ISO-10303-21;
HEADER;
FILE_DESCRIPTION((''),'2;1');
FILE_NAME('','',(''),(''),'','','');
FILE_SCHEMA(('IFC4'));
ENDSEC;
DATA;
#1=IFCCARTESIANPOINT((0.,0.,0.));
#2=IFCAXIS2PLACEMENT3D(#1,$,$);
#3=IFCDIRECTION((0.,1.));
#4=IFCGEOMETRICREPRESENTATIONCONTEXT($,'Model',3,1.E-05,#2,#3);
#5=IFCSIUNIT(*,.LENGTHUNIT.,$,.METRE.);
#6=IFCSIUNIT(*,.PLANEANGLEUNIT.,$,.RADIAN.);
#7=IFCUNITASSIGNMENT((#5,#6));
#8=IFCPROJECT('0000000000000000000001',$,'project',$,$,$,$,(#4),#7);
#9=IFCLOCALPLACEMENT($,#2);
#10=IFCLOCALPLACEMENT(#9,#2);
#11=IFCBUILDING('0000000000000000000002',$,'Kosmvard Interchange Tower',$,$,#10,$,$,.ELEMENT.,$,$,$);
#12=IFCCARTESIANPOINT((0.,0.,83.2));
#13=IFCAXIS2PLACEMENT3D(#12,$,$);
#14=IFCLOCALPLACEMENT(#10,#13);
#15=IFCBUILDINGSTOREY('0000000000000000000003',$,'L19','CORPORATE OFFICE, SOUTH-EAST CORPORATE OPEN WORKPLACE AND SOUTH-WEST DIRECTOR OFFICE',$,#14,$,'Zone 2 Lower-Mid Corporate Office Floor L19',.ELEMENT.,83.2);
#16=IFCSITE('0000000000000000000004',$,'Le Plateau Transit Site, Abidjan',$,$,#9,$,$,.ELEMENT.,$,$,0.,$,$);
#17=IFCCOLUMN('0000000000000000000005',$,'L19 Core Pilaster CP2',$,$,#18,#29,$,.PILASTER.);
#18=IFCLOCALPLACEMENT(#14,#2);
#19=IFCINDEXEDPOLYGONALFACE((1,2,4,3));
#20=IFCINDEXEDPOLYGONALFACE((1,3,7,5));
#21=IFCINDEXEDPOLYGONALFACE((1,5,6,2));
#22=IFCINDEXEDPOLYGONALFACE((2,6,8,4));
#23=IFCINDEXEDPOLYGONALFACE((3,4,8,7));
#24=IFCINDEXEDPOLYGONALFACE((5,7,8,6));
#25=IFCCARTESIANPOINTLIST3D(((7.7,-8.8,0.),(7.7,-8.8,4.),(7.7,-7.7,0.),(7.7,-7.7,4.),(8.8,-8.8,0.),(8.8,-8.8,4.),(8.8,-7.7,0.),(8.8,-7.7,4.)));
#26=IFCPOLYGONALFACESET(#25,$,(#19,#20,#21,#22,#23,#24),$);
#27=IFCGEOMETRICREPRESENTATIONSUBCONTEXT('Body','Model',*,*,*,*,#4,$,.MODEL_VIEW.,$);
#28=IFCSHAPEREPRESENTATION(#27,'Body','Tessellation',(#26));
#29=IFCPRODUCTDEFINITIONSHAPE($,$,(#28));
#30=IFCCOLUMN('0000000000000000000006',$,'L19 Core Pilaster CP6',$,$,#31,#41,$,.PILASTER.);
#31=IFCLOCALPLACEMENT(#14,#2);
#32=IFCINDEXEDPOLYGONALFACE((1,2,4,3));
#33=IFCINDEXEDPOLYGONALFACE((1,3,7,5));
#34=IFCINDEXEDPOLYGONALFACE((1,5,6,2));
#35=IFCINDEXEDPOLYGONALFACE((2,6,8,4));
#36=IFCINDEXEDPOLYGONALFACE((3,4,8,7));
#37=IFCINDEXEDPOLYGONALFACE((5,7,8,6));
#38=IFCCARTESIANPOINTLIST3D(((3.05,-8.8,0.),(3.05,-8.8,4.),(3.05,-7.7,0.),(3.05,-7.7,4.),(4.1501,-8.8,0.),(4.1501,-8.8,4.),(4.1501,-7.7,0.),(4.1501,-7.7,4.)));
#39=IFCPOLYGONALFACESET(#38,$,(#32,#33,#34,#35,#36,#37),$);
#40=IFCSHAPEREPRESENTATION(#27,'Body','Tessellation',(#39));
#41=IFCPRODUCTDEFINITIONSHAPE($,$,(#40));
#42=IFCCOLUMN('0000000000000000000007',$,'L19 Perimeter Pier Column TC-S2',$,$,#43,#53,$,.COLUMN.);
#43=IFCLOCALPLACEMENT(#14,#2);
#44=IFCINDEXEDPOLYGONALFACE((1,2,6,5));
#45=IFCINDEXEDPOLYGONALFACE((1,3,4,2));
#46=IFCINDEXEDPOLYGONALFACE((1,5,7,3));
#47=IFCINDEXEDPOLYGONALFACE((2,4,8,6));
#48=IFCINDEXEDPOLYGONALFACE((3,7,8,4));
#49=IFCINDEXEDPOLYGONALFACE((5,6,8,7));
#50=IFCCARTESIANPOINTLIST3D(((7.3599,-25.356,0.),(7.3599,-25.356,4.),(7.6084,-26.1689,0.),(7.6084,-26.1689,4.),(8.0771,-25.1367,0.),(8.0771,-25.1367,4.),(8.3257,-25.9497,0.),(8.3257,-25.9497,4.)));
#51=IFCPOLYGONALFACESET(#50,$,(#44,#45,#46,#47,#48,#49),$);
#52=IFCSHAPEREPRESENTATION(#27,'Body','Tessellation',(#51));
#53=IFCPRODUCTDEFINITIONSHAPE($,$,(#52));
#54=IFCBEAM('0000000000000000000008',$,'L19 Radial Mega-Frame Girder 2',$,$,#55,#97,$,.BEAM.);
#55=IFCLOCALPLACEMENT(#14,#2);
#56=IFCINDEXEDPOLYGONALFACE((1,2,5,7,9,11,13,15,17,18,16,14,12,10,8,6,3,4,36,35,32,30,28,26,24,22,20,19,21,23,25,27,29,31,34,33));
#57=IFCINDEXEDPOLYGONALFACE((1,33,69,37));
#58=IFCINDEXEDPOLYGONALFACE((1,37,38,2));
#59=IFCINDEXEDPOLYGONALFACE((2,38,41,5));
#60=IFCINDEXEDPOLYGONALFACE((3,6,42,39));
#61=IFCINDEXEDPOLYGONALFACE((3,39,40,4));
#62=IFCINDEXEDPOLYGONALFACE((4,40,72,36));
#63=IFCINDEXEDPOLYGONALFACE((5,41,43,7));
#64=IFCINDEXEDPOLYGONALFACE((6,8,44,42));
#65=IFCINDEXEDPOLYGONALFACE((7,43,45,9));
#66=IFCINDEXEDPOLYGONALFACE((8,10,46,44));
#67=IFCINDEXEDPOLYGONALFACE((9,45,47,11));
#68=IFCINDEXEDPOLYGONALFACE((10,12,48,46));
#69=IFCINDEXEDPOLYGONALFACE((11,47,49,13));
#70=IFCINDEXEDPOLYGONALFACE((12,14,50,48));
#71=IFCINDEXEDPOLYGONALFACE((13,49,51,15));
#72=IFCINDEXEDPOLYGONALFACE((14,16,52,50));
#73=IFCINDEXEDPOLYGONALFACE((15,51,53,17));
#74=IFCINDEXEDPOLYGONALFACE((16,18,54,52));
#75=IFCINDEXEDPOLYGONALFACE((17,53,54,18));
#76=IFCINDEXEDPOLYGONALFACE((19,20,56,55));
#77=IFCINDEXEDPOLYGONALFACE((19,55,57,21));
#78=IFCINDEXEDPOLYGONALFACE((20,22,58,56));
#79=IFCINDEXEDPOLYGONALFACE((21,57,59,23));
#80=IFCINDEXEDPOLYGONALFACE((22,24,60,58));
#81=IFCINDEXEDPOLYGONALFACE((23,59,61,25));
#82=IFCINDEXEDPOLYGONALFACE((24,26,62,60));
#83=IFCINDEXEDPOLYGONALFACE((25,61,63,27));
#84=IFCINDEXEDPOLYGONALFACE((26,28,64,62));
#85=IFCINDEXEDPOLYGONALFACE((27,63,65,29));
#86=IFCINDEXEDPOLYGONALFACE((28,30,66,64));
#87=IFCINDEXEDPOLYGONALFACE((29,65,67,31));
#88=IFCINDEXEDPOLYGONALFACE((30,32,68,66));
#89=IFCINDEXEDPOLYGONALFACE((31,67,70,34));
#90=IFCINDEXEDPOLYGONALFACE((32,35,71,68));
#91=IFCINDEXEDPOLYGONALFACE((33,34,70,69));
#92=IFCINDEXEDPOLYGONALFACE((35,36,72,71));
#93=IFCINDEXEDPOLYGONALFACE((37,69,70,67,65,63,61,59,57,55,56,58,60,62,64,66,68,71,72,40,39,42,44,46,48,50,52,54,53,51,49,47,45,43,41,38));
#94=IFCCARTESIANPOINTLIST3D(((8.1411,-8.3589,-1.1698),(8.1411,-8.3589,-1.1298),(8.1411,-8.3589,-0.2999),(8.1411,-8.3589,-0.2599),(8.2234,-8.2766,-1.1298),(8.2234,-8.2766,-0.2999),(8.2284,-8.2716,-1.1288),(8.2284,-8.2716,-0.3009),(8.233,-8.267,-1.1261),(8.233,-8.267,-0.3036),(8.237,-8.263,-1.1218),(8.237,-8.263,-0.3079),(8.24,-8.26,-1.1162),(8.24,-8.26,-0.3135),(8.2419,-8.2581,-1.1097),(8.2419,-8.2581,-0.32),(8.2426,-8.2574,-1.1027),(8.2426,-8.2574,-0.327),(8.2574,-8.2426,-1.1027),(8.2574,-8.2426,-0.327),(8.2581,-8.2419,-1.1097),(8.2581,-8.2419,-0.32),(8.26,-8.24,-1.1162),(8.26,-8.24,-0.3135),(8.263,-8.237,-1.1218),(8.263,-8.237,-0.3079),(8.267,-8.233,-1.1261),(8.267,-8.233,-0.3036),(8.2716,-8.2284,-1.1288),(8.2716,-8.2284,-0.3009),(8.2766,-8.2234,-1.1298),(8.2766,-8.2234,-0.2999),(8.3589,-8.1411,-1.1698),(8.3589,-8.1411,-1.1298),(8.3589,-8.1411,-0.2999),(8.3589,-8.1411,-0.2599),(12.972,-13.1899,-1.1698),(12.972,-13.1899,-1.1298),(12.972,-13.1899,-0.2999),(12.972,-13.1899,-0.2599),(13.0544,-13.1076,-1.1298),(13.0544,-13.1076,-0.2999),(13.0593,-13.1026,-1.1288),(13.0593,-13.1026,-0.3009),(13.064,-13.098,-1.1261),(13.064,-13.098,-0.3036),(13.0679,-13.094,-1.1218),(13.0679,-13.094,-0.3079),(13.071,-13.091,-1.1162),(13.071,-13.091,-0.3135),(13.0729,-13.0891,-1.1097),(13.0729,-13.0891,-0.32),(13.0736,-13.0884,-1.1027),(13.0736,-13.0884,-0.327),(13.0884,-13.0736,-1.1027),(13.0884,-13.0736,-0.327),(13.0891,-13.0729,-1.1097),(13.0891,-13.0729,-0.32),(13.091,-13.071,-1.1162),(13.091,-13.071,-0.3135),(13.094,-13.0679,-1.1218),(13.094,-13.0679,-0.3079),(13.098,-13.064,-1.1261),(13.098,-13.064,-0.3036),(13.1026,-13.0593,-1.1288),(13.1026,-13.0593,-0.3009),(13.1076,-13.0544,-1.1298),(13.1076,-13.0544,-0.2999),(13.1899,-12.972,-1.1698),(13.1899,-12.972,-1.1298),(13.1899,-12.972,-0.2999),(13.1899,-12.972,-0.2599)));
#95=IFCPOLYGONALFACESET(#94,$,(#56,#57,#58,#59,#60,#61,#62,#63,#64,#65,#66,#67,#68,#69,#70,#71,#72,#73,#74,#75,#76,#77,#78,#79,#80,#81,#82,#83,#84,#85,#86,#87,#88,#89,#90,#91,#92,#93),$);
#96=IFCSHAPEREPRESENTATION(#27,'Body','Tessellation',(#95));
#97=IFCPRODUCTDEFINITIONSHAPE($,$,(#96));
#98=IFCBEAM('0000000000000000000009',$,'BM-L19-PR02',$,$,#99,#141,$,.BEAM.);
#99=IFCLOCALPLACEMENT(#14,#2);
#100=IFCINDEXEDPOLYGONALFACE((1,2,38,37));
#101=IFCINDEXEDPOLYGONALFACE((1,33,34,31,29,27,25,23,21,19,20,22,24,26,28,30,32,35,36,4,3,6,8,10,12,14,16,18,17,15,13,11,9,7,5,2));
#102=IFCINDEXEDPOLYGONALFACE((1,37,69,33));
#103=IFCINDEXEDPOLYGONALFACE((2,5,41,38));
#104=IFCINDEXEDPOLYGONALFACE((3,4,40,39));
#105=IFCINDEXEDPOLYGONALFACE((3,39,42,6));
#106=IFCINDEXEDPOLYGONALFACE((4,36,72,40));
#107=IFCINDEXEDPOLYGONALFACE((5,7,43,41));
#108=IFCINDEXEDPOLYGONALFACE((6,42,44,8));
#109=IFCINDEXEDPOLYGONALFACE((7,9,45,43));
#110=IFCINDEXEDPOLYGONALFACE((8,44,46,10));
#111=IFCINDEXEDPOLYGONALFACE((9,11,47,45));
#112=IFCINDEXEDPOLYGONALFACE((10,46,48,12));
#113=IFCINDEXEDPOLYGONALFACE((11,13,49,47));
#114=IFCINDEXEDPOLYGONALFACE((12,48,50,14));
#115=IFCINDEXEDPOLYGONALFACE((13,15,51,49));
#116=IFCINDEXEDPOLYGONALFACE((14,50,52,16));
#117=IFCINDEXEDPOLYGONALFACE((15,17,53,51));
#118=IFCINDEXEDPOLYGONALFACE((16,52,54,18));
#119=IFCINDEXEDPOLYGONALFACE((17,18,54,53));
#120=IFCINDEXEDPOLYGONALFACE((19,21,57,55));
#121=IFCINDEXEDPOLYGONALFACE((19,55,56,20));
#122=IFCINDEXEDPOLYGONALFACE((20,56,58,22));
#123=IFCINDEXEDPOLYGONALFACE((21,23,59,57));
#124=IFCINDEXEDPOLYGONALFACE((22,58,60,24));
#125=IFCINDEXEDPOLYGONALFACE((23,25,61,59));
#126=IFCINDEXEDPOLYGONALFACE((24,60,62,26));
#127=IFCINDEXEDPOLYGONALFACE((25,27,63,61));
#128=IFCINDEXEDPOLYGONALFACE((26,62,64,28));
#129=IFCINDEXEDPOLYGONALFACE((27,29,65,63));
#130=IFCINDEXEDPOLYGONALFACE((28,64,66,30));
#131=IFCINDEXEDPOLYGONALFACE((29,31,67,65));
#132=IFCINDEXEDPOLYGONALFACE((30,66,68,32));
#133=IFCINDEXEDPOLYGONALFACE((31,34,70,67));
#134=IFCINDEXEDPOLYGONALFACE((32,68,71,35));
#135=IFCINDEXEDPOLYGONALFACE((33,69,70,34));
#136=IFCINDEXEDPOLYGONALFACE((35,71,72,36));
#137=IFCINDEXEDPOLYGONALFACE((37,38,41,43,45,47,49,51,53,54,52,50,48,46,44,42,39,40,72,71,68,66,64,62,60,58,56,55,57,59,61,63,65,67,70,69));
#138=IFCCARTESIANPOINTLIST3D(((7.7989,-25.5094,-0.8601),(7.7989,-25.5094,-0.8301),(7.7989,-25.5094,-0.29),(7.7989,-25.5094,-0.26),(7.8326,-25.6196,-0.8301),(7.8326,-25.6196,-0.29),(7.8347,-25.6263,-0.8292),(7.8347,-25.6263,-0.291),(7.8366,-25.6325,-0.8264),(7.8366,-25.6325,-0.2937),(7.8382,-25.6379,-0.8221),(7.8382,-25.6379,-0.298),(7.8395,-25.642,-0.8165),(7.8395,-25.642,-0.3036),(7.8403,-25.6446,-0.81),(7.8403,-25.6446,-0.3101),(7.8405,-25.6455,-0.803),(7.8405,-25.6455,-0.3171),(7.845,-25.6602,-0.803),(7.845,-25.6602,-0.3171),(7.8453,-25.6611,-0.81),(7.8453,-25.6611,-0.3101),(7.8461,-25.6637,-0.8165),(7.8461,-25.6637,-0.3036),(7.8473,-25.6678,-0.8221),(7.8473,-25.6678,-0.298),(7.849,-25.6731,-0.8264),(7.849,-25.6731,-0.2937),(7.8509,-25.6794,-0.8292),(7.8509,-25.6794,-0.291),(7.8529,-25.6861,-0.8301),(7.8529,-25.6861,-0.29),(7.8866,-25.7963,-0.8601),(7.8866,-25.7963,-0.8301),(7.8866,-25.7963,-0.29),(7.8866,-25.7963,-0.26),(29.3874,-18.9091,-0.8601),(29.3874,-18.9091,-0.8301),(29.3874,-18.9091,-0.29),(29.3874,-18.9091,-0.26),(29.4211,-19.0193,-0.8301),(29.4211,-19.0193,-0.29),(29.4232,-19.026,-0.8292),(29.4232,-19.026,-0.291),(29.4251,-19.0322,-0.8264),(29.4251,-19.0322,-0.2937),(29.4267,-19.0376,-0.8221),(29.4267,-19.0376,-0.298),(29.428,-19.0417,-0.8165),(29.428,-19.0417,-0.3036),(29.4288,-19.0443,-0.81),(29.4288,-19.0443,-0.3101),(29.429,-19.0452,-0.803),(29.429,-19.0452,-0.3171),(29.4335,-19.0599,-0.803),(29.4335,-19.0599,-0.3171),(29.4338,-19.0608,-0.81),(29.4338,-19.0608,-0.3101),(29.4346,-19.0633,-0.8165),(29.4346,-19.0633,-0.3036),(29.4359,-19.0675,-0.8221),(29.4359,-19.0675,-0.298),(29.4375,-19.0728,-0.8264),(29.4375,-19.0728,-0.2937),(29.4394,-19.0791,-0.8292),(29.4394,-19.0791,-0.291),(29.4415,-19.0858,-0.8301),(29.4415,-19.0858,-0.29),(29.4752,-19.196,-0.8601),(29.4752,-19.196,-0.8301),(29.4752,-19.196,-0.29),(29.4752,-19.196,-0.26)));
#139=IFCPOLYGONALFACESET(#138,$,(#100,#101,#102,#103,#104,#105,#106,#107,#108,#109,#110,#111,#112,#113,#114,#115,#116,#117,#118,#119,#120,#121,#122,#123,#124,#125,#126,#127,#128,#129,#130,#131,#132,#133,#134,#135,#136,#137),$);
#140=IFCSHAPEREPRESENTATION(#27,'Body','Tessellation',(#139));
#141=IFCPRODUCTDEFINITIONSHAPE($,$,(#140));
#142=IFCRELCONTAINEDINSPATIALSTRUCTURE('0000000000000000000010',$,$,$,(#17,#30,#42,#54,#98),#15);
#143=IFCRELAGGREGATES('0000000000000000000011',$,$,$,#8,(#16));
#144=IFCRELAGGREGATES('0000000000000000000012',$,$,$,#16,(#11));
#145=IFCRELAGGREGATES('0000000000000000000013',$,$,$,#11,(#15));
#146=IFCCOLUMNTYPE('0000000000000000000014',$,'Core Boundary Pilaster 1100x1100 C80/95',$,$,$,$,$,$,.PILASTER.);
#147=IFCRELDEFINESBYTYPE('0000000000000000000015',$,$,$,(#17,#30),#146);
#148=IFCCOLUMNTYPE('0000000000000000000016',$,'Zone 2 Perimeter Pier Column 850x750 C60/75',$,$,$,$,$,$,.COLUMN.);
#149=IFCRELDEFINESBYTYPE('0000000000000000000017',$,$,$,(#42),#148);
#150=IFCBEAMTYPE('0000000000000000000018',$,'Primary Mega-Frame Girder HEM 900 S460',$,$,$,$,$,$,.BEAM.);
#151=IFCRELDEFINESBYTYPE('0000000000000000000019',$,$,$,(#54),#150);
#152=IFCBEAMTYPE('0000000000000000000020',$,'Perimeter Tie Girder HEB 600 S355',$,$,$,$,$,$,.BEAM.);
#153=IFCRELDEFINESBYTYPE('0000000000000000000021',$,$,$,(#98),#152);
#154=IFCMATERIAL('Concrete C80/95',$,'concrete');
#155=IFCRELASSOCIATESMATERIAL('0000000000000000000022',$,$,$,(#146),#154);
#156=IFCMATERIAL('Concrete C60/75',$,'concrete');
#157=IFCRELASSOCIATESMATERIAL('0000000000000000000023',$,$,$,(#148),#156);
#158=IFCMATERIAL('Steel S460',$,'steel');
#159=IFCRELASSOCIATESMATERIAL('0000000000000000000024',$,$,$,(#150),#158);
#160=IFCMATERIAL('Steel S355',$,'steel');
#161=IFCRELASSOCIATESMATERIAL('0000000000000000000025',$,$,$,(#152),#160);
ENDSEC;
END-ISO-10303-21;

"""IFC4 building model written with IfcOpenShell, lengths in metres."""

from ifc_helpers import new_model, si_unit, direction, frame, origin, origin_2d, place, context, subcontext, project, spatial, rectangle, i_section, extrude, source, transform, mapped, material, material_profile, profile_set, type_object, element, save


model = new_model("IFC4")

# Units and contexts
model_context = context("Model", 3, precision=1e-05, world=origin(), true_north=direction((0.0, 1.0)))
body_context = subcontext(model_context, "Body", "Model", "MODEL_VIEW")
ifc_project = project(units=[si_unit("LENGTHUNIT", "METRE"), si_unit("PLANEANGLEUNIT", "RADIAN")], contexts=[model_context])

# Site, building, storey
site_placement = place(None, origin())
site = spatial("IfcSite", under=ifc_project, at=site_placement, Name="Le Plateau Transit Site, Abidjan", CompositionType="ELEMENT", RefElevation=0.0)
building_placement = place(site_placement, origin())
building = spatial("IfcBuilding", under=site, at=building_placement, Name="Kosmvard Interchange Tower", CompositionType="ELEMENT")
storey_placement = place(building_placement, frame((0.0, 0.0, 83.2)))
storey = spatial("IfcBuildingStorey", under=building, at=storey_placement, Name="L19", Description="CORPORATE OFFICE, SOUTH-EAST CORPORATE OPEN WORKPLACE AND SOUTH-WEST DIRECTOR OFFICE", LongName="Zone 2 Lower-Mid Corporate Office Floor L19", CompositionType="ELEMENT", Elevation=83.2)

# Columns
ifc_material_1 = material(Name="Concrete C80/95", Category="concrete")
ifc_material_profile_1 = material_profile(ifc_material_1, rectangle(XDim=1.1001, YDim=1.1001, at=origin_2d()), Name="CP 1100x1100")
ifc_profile_set_1 = profile_set([ifc_material_profile_1], Name="Concrete C80/95")
column_type_1 = type_object("IfcColumnType", Name="Core Boundary Pilaster 1100x1100 C80/95", PredefinedType="PILASTER", material=ifc_profile_set_1)
shared_shape_1 = source(origin(), body_context, "Body", "SweptSolid", [
    extrude(rectangle(XDim=1.1001, YDim=1.1001, at=origin_2d()), origin(), (0.0, 0.0, 1.0), 4.0),
])
for number, where, z_axis, x_axis, name in (
    (1, (8.25, -8.25, 0.0), (0.0, 0.0, 1.0), (1.0, 0.0, 0.0), "L19 Core Pilaster CP2"),
    (2, (3.6001, -8.25, 0.0), (0.0, 0.0, 1.0), (1.0, 0.0, 0.0), "L19 Core Pilaster CP6"),
):
    element("IfcColumn", number, at=place(storey_placement, frame(where, z_axis=z_axis, x_axis=x_axis)), inside=storey, type_object=column_type_1, Name=name, PredefinedType="PILASTER", context=body_context, shape_type="MappedRepresentation", body=[
        mapped(shared_shape_1, transform((0.0, 0.0, 0.0), scale=1.0)),
    ])
ifc_material_2 = material(Name="Concrete C60/75", Category="concrete")
ifc_material_profile_2 = material_profile(ifc_material_2, rectangle(XDim=0.75, YDim=0.8501, at=origin_2d()), Name="TC 850x750")
ifc_profile_set_2 = profile_set([ifc_material_profile_2], Name="Concrete C60/75")
column_type_2 = type_object("IfcColumnType", Name="Zone 2 Perimeter Pier Column 850x750 C60/75", PredefinedType="COLUMN", material=ifc_profile_set_2)
shared_shape_2 = source(origin(), body_context, "Body", "SweptSolid", [
    extrude(rectangle(XDim=0.75, YDim=0.8501, at=origin_2d()), origin(), (0.0, 0.0, 1.0), 4.0),
])
column_placement = place(storey_placement, frame((7.8428, -25.6528, 0.0), z_axis=(0.0, 0.0, 1.0), x_axis=(0.956305, 0.292372, 0.0)))
element("IfcColumn", 3, at=column_placement, inside=storey, type_object=column_type_2, Name="L19 Perimeter Pier Column TC-S2", PredefinedType="COLUMN", context=body_context, shape_type="MappedRepresentation", body=[
    mapped(shared_shape_2, transform((0.0, 0.0, 0.0), scale=1.0)),
])

# Beams
ifc_material_3 = material(Name="Steel S460", Category="steel")
ifc_material_profile_3 = material_profile(ifc_material_3, i_section(OverallWidth=0.3081, OverallDepth=0.9099, WebThickness=0.021, FlangeThickness=0.04, FilletRadius=0.0271, at=origin_2d()), Name="HEM 900")
ifc_profile_set_3 = profile_set([ifc_material_profile_3], Name="Steel S460")
beam_type_1 = type_object("IfcBeamType", Name="Primary Mega-Frame Girder HEM 900 S460", PredefinedType="BEAM", material=ifc_profile_set_3)
shared_shape_3 = source(origin(), body_context, "Body", "SweptSolid", [
    extrude(i_section(OverallWidth=0.3081, OverallDepth=0.9099, WebThickness=0.021, FlangeThickness=0.04, FilletRadius=0.0271, at=origin_2d()), origin(), (0.0, 0.0, 1.0), 6.832),
])
beam_1_placement = place(storey_placement, frame((8.25, -8.25, -0.7148), z_axis=(0.707107, -0.707107, 0.0), x_axis=(0.707107, 0.707107, 0.0)))
element("IfcBeam", 4, at=beam_1_placement, inside=storey, type_object=beam_type_1, Name="L19 Radial Mega-Frame Girder 2", PredefinedType="BEAM", context=body_context, shape_type="MappedRepresentation", body=[
    mapped(shared_shape_3, transform((0.0, 0.0, 0.0), scale=1.0)),
])
ifc_material_4 = material(Name="Steel S355", Category="steel")
ifc_material_profile_4 = material_profile(ifc_material_4, i_section(OverallWidth=0.3, OverallDepth=0.6001, WebThickness=0.0154, FlangeThickness=0.03, FilletRadius=0.0271, at=origin_2d()), Name="HEB 600")
ifc_profile_set_4 = profile_set([ifc_material_profile_4], Name="Steel S355")
beam_type_2 = type_object("IfcBeamType", Name="Perimeter Tie Girder HEB 600 S355", PredefinedType="BEAM", material=ifc_profile_set_4)
shared_shape_4 = source(origin(), body_context, "Body", "SweptSolid", [
    extrude(i_section(OverallWidth=0.3, OverallDepth=0.6001, WebThickness=0.0154, FlangeThickness=0.03, FilletRadius=0.0271, at=origin_2d()), origin(), (0.0, 0.0, 1.0), 22.575),
])
beam_2_placement = place(storey_placement, frame((7.8428, -25.6528, -0.5601), z_axis=(0.956304, 0.292373, 0.0), x_axis=(-0.292373, 0.956304, 0.0)))
element("IfcBeam", 5, at=beam_2_placement, inside=storey, type_object=beam_type_2, Name="BM-L19-PR02", PredefinedType="BEAM", context=body_context, shape_type="MappedRepresentation", body=[
    mapped(shared_shape_4, transform((0.0, 0.0, 0.0), scale=1.0)),
])

save(model, "model.ifc")
